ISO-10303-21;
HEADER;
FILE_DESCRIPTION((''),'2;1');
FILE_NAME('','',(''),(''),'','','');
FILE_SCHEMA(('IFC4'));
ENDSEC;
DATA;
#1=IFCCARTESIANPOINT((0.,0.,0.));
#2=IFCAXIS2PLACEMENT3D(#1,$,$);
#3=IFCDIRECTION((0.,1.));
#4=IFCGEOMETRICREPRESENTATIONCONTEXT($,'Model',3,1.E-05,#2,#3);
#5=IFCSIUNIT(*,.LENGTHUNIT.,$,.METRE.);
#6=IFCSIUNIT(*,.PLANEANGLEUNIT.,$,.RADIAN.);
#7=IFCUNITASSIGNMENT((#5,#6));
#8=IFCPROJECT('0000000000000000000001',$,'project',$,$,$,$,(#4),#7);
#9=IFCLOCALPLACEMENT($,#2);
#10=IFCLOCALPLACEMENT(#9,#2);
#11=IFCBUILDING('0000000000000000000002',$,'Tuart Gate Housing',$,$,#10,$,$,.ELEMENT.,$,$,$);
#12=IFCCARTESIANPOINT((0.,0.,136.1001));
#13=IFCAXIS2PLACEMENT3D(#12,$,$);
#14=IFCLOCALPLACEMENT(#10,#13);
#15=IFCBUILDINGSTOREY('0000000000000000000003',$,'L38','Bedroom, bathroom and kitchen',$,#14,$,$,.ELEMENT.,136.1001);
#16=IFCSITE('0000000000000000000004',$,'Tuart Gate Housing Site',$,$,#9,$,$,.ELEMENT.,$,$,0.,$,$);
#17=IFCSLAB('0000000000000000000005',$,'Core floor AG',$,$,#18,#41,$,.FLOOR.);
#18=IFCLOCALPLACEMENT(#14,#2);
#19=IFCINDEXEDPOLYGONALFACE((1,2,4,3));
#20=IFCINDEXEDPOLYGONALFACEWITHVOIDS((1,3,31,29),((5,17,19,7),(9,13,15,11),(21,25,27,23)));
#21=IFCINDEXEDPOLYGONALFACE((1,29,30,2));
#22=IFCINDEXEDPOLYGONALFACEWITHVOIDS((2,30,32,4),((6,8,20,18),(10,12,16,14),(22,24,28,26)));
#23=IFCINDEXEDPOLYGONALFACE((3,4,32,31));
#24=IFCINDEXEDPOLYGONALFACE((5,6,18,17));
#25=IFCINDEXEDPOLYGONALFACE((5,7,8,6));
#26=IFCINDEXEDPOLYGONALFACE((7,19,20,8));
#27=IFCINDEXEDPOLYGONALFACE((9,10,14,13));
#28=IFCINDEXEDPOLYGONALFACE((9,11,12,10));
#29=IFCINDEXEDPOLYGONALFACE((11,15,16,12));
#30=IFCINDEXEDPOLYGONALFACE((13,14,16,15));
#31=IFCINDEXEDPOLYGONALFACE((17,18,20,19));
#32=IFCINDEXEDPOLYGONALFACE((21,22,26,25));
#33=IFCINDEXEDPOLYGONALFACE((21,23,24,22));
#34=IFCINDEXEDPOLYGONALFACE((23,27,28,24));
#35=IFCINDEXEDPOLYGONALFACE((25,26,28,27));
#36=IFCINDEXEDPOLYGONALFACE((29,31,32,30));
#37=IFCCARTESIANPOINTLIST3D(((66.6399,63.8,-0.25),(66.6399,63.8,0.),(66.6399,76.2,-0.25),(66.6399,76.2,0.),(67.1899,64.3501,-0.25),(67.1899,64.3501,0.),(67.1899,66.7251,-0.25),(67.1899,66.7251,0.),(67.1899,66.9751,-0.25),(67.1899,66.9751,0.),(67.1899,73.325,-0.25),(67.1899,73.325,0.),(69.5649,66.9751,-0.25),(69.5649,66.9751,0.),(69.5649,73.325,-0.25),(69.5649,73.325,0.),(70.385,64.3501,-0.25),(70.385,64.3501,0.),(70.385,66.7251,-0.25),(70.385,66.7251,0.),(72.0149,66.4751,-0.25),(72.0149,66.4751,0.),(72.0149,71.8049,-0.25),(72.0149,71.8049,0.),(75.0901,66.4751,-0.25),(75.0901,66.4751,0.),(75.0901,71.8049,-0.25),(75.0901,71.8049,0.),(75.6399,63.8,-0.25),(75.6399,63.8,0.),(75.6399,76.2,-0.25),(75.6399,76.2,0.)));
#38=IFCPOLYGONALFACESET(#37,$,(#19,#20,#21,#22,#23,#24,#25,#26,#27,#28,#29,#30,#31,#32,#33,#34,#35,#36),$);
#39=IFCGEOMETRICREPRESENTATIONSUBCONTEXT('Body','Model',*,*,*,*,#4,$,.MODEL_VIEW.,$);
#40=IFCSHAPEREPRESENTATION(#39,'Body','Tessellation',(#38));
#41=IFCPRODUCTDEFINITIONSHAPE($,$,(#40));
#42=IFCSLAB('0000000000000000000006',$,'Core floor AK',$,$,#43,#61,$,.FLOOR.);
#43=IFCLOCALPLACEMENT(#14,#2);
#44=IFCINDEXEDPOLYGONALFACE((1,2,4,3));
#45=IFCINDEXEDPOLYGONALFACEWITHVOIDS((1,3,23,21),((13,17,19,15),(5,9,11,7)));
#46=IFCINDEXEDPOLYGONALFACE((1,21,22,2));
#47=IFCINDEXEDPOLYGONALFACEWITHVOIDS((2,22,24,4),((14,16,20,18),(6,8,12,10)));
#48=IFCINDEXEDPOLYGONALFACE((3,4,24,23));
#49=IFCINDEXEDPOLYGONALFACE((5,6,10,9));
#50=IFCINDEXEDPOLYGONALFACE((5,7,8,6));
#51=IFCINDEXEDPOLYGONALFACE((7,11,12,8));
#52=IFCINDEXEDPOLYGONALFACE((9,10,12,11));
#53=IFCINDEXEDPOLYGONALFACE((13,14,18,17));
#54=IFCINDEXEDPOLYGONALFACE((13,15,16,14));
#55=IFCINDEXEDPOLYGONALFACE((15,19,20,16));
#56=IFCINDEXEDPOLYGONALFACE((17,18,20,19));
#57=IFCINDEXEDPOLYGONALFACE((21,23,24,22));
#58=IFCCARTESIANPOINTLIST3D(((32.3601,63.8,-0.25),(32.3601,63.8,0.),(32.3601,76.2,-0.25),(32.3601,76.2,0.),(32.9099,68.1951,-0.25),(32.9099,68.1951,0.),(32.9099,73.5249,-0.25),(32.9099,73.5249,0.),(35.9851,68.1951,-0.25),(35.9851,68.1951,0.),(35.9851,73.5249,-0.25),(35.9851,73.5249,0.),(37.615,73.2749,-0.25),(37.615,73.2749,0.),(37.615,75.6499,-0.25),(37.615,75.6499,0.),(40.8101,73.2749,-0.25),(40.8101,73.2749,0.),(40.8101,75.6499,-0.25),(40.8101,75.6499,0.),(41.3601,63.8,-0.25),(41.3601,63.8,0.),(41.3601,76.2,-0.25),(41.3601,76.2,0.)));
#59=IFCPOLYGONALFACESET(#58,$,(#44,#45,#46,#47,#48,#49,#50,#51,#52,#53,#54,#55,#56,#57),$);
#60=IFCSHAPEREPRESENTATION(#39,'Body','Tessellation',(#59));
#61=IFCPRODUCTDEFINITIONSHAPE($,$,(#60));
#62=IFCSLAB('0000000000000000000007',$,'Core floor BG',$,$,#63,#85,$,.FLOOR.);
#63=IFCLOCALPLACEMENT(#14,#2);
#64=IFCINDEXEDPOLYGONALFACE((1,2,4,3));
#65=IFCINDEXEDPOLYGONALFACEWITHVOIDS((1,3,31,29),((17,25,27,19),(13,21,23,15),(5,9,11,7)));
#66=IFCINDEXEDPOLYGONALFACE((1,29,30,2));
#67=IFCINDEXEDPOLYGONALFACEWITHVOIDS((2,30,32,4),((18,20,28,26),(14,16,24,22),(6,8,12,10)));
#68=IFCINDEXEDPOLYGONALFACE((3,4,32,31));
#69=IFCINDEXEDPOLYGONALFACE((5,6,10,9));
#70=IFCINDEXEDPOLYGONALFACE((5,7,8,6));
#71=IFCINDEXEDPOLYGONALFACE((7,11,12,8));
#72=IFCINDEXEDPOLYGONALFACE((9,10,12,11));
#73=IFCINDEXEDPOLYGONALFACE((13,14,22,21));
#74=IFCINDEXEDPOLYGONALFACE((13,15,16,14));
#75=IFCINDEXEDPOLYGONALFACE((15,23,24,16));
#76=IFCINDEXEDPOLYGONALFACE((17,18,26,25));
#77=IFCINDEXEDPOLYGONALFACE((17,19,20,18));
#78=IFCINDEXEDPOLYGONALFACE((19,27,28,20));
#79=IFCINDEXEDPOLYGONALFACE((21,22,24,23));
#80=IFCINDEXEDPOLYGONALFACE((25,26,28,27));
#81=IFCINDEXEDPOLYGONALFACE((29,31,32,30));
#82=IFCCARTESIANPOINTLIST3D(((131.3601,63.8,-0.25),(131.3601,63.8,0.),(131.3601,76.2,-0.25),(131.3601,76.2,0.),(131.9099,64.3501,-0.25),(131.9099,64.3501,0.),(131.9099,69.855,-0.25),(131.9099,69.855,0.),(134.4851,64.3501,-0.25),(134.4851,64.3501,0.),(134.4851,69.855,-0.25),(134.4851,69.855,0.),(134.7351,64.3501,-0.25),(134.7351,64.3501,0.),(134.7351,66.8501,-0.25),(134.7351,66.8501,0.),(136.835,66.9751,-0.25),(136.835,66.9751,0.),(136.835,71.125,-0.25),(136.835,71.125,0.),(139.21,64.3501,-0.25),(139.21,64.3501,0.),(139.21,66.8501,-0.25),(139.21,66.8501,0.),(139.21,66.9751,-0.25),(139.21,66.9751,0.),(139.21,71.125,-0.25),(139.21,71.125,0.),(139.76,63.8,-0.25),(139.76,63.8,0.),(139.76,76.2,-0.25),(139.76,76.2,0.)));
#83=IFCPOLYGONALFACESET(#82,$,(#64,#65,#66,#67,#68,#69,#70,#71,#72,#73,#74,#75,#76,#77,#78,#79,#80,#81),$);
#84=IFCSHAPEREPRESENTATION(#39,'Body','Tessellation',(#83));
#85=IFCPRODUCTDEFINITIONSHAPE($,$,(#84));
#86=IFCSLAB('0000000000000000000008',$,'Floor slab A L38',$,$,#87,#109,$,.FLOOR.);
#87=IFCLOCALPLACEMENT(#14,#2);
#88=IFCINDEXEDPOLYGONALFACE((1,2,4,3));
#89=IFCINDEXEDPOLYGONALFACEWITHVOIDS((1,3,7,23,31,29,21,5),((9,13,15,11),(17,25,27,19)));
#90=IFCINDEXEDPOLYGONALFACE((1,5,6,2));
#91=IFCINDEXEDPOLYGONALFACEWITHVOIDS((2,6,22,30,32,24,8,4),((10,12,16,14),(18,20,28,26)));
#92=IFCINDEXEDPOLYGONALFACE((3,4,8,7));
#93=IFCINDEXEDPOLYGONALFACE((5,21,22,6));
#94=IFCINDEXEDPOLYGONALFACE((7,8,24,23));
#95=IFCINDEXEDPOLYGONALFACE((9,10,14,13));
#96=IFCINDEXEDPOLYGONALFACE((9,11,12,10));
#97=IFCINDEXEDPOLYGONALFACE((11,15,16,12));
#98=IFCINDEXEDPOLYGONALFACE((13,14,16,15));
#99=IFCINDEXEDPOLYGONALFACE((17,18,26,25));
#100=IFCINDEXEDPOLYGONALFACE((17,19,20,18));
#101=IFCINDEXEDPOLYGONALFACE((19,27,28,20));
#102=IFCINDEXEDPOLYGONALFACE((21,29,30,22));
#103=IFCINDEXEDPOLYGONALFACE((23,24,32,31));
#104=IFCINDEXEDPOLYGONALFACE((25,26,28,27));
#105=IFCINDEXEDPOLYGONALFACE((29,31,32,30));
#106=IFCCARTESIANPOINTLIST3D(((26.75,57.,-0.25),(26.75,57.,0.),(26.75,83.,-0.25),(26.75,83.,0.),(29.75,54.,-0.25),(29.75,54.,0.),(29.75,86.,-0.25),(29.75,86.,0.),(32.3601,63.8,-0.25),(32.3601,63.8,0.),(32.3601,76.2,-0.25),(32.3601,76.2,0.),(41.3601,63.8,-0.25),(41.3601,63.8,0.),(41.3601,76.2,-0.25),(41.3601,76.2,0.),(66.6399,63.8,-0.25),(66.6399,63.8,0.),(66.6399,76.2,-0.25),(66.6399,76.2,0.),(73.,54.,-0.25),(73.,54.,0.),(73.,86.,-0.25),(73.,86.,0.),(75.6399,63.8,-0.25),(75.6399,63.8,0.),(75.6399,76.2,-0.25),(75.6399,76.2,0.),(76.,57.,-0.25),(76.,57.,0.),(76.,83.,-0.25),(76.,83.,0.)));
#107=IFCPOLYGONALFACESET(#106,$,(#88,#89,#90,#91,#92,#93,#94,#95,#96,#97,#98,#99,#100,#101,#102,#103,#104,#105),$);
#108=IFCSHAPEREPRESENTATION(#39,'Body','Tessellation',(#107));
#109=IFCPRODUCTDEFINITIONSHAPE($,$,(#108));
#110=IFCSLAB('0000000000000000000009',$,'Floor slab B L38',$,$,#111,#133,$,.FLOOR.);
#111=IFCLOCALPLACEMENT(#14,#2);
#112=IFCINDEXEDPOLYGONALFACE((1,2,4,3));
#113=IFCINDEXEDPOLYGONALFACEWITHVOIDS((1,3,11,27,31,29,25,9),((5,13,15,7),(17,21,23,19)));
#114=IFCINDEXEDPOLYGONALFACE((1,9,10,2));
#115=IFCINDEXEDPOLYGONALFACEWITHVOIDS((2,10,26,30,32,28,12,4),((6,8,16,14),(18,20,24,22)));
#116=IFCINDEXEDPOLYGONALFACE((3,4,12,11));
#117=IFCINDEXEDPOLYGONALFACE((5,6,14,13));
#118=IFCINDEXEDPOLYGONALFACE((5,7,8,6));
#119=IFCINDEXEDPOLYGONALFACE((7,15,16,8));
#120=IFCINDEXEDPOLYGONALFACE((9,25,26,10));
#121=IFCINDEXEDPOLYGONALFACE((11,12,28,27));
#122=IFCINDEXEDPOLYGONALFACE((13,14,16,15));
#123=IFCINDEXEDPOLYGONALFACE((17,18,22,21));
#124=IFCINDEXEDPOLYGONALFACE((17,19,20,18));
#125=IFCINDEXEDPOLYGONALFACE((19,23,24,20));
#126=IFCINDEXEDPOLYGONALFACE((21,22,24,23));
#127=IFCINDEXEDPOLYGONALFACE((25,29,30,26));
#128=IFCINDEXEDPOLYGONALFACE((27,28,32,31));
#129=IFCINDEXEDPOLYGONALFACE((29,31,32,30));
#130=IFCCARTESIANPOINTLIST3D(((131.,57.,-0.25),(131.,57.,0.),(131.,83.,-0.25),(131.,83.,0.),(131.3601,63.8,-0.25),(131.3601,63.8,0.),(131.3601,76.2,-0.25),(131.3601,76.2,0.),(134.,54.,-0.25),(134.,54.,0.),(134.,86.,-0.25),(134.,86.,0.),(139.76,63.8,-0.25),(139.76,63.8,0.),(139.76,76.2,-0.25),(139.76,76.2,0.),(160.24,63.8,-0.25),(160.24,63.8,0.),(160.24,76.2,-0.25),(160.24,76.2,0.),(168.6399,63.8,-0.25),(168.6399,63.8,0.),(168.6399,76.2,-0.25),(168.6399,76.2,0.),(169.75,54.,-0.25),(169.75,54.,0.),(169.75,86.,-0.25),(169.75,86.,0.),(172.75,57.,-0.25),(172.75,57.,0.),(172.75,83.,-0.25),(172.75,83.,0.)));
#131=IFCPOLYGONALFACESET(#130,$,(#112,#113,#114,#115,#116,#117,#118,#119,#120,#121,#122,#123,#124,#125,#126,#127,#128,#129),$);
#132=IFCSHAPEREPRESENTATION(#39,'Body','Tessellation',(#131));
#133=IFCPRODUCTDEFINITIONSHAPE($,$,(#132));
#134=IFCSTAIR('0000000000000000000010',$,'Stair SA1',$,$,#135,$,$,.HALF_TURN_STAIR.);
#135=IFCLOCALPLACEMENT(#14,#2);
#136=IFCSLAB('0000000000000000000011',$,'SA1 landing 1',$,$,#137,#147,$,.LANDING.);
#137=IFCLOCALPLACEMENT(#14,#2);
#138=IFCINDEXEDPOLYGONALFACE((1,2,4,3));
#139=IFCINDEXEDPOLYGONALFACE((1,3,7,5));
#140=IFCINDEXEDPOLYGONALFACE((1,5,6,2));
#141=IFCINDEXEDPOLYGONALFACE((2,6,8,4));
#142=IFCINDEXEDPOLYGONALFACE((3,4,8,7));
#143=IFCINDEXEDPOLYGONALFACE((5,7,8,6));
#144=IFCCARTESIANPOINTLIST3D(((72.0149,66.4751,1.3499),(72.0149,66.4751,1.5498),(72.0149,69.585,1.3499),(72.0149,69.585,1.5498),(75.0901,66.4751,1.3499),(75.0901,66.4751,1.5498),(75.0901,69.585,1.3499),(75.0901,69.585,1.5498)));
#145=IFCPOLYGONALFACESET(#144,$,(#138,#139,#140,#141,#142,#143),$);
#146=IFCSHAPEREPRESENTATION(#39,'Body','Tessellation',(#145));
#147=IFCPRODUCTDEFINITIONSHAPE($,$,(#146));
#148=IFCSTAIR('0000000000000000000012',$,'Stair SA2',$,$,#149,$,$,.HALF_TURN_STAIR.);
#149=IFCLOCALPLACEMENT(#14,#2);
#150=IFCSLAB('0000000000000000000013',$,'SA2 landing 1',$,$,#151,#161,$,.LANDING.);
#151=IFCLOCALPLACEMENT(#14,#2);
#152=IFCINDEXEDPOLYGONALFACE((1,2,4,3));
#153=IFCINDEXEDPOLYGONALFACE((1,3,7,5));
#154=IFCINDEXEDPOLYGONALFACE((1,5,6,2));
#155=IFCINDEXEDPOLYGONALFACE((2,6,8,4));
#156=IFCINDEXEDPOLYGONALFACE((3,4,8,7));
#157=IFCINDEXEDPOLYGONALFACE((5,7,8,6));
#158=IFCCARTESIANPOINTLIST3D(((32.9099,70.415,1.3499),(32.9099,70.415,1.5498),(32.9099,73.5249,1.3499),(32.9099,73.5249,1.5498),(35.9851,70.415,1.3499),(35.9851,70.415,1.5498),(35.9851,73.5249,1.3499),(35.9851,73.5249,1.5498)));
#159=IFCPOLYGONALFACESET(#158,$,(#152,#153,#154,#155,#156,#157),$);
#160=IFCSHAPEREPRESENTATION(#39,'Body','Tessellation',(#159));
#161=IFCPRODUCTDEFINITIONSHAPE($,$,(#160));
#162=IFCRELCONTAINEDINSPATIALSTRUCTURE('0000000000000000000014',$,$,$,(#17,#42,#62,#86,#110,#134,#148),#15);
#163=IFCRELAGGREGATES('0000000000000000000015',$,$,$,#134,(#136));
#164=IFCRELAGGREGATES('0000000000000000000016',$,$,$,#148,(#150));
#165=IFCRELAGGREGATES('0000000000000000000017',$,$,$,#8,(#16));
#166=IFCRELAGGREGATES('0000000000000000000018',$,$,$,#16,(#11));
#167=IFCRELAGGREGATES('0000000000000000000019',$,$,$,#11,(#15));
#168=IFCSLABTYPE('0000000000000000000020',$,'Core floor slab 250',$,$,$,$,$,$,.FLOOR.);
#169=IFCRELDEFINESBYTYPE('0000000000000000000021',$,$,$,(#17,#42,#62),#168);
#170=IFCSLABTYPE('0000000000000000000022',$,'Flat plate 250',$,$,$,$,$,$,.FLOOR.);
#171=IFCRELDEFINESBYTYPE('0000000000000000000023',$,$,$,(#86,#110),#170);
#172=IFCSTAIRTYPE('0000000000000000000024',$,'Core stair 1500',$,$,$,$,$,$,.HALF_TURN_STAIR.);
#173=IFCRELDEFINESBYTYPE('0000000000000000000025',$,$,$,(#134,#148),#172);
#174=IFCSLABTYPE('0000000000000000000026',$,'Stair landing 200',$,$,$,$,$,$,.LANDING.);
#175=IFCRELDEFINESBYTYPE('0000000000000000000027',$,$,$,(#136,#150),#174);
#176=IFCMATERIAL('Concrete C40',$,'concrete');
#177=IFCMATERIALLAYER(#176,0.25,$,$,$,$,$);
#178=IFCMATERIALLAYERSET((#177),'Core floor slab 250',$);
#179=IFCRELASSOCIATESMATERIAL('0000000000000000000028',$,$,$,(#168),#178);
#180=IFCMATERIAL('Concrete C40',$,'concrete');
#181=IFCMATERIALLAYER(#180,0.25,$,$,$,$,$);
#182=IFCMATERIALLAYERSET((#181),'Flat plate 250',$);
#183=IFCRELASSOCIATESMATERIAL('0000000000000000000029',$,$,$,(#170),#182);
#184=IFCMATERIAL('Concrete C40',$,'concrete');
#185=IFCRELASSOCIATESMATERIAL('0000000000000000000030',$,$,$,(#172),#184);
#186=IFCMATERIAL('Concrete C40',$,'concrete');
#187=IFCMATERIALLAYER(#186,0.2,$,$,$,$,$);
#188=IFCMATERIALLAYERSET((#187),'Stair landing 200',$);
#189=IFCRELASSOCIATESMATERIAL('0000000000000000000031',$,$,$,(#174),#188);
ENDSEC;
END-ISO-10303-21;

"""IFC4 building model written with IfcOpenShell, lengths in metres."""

from ifc_helpers import new_model, si_unit, direction, frame, origin, place, context, subcontext, project, spatial, polyline, outline, extrude, material, layer, layer_set, type_object, element, aggregate, save


model = new_model("IFC4")

# Units and contexts
model_context = context("Model", 3, precision=1e-05, world=origin(), true_north=direction((0.0, 1.0)))
body_context = subcontext(model_context, "Body", "Model", "MODEL_VIEW")
ifc_project = project(units=[si_unit("LENGTHUNIT", "METRE"), si_unit("PLANEANGLEUNIT", "RADIAN")], contexts=[model_context])

# Site, building, storey
site_placement = place(None, origin())
site = spatial("IfcSite", under=ifc_project, at=site_placement, Name="Tuart Gate Housing Site", CompositionType="ELEMENT", RefElevation=0.0)
building_placement = place(site_placement, origin())
building = spatial("IfcBuilding", under=site, at=building_placement, Name="Tuart Gate Housing", CompositionType="ELEMENT")
storey_placement = place(building_placement, frame((0.0, 0.0, 136.1001)))
storey = spatial("IfcBuildingStorey", under=building, at=storey_placement, Name="L38", Description="Bedroom, bathroom and kitchen", CompositionType="ELEMENT", Elevation=136.1001)

# Slabs
ifc_material_1 = material(Name="Concrete C40", Category="concrete")
ifc_layer_1 = layer(ifc_material_1, 0.25)
ifc_layer_set_1 = layer_set([ifc_layer_1], Name="Core floor slab 250")
slab_type_1 = type_object("IfcSlabType", Name="Core floor slab 250", PredefinedType="FLOOR", material=ifc_layer_set_1)
slab_1_placement = place(storey_placement, frame((0.0, 0.0, -0.25)))
element("IfcSlab", 1, at=slab_1_placement, inside=storey, type_object=slab_type_1, Name="Core floor AG", PredefinedType="FLOOR", context=body_context, shape_type="SweptSolid", body=[
    extrude(outline(polyline([(66.6399, 63.8), (75.6399, 63.8), (75.6399, 76.2), (66.6399, 76.2), (66.6399, 63.8)]), holes=[polyline([(67.1899, 64.3501), (70.385, 64.3501), (70.385, 66.7251), (67.1899, 66.7251), (67.1899, 64.3501)]), polyline([(67.1899, 66.9751), (69.5649, 66.9751), (69.5649, 73.325), (67.1899, 73.325), (67.1899, 66.9751)]), polyline([(72.0149, 66.4751), (75.0901, 66.4751), (75.0901, 71.8049), (72.0149, 71.8049), (72.0149, 66.4751)])]), origin(), (0.0, 0.0, 1.0), 0.25),
])
slab_2_placement = place(storey_placement, frame((0.0, 0.0, -0.25)))
element("IfcSlab", 2, at=slab_2_placement, inside=storey, type_object=slab_type_1, Name="Core floor AK", PredefinedType="FLOOR", context=body_context, shape_type="SweptSolid", body=[
    extrude(outline(polyline([(32.3601, 63.8), (41.3601, 63.8), (41.3601, 76.2), (32.3601, 76.2), (32.3601, 63.8)]), holes=[polyline([(40.8101, 75.6499), (37.615, 75.6499), (37.615, 73.2749), (40.8101, 73.2749), (40.8101, 75.6499)]), polyline([(35.9851, 73.5249), (32.9099, 73.5249), (32.9099, 68.1951), (35.9851, 68.1951), (35.9851, 73.5249)])]), origin(), (0.0, 0.0, 1.0), 0.25),
])
slab_3_placement = place(storey_placement, frame((0.0, 0.0, -0.25)))
element("IfcSlab", 3, at=slab_3_placement, inside=storey, type_object=slab_type_1, Name="Core floor BG", PredefinedType="FLOOR", context=body_context, shape_type="SweptSolid", body=[
    extrude(outline(polyline([(131.3601, 63.8), (139.76, 63.8), (139.76, 76.2), (131.3601, 76.2), (131.3601, 63.8)]), holes=[polyline([(139.21, 66.8501), (134.7351, 66.8501), (134.7351, 64.3501), (139.21, 64.3501), (139.21, 66.8501)]), polyline([(139.21, 71.125), (136.835, 71.125), (136.835, 66.9751), (139.21, 66.9751), (139.21, 71.125)]), polyline([(134.4851, 69.855), (131.9099, 69.855), (131.9099, 64.3501), (134.4851, 64.3501), (134.4851, 69.855)])]), origin(), (0.0, 0.0, 1.0), 0.25),
])
ifc_material_2 = material(Name="Concrete C40", Category="concrete")
ifc_layer_2 = layer(ifc_material_2, 0.25)
ifc_layer_set_2 = layer_set([ifc_layer_2], Name="Flat plate 250")
slab_type_2 = type_object("IfcSlabType", Name="Flat plate 250", PredefinedType="FLOOR", material=ifc_layer_set_2)
slab_4_placement = place(storey_placement, frame((0.0, 0.0, -0.25)))
element("IfcSlab", 4, at=slab_4_placement, inside=storey, type_object=slab_type_2, Name="Floor slab A L38", PredefinedType="FLOOR", context=body_context, shape_type="SweptSolid", body=[
    extrude(outline(polyline([(29.75, 86.0), (26.75, 83.0), (26.75, 57.0), (29.75, 54.0), (73.0, 54.0), (76.0, 57.0), (76.0, 83.0), (73.0, 86.0), (29.75, 86.0)]), holes=[polyline([(66.6399, 76.2), (75.6399, 76.2), (75.6399, 63.8), (66.6399, 63.8), (66.6399, 76.2)]), polyline([(41.3601, 76.2), (41.3601, 63.8), (32.3601, 63.8), (32.3601, 76.2), (41.3601, 76.2)])]), origin(), (0.0, 0.0, 1.0), 0.25),
])
slab_5_placement = place(storey_placement, frame((0.0, 0.0, -0.25)))
element("IfcSlab", 5, at=slab_5_placement, inside=storey, type_object=slab_type_2, Name="Floor slab B L38", PredefinedType="FLOOR", context=body_context, shape_type="SweptSolid", body=[
    extrude(outline(polyline([(134.0, 86.0), (131.0, 83.0), (131.0, 57.0), (134.0, 54.0), (169.75, 54.0), (172.75, 57.0), (172.75, 83.0), (169.75, 86.0), (134.0, 86.0)]), holes=[polyline([(131.3601, 76.2), (139.76, 76.2), (139.76, 63.8), (131.3601, 63.8), (131.3601, 76.2)]), polyline([(168.6399, 76.2), (168.6399, 63.8), (160.24, 63.8), (160.24, 76.2), (168.6399, 76.2)])]), origin(), (0.0, 0.0, 1.0), 0.25),
])

# Stairs, slabs
ifc_material_3 = material(Name="Concrete C40", Category="concrete")
stair_type = type_object("IfcStairType", Name="Core stair 1500", PredefinedType="HALF_TURN_STAIR", material=ifc_material_3)
stair_1_placement = place(storey_placement, origin())
stair_1 = element("IfcStair", 6, at=stair_1_placement, inside=storey, type_object=stair_type, Name="Stair SA1", PredefinedType="HALF_TURN_STAIR")
ifc_material_4 = material(Name="Concrete C40", Category="concrete")
ifc_layer_3 = layer(ifc_material_4, 0.2)
ifc_layer_set_3 = layer_set([ifc_layer_3], Name="Stair landing 200")
slab_type_3 = type_object("IfcSlabType", Name="Stair landing 200", PredefinedType="LANDING", material=ifc_layer_set_3)
slab_6_placement = place(storey_placement, frame((0.0, 0.0, 1.3499)))
slab_6 = element("IfcSlab", 7, at=slab_6_placement, type_object=slab_type_3, Name="SA1 landing 1", PredefinedType="LANDING", context=body_context, shape_type="SweptSolid", body=[
    extrude(outline(polyline([(72.0149, 66.4751), (75.0901, 66.4751), (75.0901, 69.585), (72.0149, 69.585), (72.0149, 66.4751)])), origin(), (0.0, 0.0, 1.0), 0.2),
])
aggregate(stair_1, [slab_6])
stair_2_placement = place(storey_placement, origin())
stair_2 = element("IfcStair", 8, at=stair_2_placement, inside=storey, type_object=stair_type, Name="Stair SA2", PredefinedType="HALF_TURN_STAIR")
slab_7_placement = place(storey_placement, frame((0.0, 0.0, 1.3499)))
slab_7 = element("IfcSlab", 9, at=slab_7_placement, type_object=slab_type_3, Name="SA2 landing 1", PredefinedType="LANDING", context=body_context, shape_type="SweptSolid", body=[
    extrude(outline(polyline([(35.9851, 73.5249), (32.9099, 73.5249), (32.9099, 70.415), (35.9851, 70.415), (35.9851, 73.5249)])), origin(), (0.0, 0.0, 1.0), 0.2),
])
aggregate(stair_2, [slab_7])

save(model, "model.ifc")
